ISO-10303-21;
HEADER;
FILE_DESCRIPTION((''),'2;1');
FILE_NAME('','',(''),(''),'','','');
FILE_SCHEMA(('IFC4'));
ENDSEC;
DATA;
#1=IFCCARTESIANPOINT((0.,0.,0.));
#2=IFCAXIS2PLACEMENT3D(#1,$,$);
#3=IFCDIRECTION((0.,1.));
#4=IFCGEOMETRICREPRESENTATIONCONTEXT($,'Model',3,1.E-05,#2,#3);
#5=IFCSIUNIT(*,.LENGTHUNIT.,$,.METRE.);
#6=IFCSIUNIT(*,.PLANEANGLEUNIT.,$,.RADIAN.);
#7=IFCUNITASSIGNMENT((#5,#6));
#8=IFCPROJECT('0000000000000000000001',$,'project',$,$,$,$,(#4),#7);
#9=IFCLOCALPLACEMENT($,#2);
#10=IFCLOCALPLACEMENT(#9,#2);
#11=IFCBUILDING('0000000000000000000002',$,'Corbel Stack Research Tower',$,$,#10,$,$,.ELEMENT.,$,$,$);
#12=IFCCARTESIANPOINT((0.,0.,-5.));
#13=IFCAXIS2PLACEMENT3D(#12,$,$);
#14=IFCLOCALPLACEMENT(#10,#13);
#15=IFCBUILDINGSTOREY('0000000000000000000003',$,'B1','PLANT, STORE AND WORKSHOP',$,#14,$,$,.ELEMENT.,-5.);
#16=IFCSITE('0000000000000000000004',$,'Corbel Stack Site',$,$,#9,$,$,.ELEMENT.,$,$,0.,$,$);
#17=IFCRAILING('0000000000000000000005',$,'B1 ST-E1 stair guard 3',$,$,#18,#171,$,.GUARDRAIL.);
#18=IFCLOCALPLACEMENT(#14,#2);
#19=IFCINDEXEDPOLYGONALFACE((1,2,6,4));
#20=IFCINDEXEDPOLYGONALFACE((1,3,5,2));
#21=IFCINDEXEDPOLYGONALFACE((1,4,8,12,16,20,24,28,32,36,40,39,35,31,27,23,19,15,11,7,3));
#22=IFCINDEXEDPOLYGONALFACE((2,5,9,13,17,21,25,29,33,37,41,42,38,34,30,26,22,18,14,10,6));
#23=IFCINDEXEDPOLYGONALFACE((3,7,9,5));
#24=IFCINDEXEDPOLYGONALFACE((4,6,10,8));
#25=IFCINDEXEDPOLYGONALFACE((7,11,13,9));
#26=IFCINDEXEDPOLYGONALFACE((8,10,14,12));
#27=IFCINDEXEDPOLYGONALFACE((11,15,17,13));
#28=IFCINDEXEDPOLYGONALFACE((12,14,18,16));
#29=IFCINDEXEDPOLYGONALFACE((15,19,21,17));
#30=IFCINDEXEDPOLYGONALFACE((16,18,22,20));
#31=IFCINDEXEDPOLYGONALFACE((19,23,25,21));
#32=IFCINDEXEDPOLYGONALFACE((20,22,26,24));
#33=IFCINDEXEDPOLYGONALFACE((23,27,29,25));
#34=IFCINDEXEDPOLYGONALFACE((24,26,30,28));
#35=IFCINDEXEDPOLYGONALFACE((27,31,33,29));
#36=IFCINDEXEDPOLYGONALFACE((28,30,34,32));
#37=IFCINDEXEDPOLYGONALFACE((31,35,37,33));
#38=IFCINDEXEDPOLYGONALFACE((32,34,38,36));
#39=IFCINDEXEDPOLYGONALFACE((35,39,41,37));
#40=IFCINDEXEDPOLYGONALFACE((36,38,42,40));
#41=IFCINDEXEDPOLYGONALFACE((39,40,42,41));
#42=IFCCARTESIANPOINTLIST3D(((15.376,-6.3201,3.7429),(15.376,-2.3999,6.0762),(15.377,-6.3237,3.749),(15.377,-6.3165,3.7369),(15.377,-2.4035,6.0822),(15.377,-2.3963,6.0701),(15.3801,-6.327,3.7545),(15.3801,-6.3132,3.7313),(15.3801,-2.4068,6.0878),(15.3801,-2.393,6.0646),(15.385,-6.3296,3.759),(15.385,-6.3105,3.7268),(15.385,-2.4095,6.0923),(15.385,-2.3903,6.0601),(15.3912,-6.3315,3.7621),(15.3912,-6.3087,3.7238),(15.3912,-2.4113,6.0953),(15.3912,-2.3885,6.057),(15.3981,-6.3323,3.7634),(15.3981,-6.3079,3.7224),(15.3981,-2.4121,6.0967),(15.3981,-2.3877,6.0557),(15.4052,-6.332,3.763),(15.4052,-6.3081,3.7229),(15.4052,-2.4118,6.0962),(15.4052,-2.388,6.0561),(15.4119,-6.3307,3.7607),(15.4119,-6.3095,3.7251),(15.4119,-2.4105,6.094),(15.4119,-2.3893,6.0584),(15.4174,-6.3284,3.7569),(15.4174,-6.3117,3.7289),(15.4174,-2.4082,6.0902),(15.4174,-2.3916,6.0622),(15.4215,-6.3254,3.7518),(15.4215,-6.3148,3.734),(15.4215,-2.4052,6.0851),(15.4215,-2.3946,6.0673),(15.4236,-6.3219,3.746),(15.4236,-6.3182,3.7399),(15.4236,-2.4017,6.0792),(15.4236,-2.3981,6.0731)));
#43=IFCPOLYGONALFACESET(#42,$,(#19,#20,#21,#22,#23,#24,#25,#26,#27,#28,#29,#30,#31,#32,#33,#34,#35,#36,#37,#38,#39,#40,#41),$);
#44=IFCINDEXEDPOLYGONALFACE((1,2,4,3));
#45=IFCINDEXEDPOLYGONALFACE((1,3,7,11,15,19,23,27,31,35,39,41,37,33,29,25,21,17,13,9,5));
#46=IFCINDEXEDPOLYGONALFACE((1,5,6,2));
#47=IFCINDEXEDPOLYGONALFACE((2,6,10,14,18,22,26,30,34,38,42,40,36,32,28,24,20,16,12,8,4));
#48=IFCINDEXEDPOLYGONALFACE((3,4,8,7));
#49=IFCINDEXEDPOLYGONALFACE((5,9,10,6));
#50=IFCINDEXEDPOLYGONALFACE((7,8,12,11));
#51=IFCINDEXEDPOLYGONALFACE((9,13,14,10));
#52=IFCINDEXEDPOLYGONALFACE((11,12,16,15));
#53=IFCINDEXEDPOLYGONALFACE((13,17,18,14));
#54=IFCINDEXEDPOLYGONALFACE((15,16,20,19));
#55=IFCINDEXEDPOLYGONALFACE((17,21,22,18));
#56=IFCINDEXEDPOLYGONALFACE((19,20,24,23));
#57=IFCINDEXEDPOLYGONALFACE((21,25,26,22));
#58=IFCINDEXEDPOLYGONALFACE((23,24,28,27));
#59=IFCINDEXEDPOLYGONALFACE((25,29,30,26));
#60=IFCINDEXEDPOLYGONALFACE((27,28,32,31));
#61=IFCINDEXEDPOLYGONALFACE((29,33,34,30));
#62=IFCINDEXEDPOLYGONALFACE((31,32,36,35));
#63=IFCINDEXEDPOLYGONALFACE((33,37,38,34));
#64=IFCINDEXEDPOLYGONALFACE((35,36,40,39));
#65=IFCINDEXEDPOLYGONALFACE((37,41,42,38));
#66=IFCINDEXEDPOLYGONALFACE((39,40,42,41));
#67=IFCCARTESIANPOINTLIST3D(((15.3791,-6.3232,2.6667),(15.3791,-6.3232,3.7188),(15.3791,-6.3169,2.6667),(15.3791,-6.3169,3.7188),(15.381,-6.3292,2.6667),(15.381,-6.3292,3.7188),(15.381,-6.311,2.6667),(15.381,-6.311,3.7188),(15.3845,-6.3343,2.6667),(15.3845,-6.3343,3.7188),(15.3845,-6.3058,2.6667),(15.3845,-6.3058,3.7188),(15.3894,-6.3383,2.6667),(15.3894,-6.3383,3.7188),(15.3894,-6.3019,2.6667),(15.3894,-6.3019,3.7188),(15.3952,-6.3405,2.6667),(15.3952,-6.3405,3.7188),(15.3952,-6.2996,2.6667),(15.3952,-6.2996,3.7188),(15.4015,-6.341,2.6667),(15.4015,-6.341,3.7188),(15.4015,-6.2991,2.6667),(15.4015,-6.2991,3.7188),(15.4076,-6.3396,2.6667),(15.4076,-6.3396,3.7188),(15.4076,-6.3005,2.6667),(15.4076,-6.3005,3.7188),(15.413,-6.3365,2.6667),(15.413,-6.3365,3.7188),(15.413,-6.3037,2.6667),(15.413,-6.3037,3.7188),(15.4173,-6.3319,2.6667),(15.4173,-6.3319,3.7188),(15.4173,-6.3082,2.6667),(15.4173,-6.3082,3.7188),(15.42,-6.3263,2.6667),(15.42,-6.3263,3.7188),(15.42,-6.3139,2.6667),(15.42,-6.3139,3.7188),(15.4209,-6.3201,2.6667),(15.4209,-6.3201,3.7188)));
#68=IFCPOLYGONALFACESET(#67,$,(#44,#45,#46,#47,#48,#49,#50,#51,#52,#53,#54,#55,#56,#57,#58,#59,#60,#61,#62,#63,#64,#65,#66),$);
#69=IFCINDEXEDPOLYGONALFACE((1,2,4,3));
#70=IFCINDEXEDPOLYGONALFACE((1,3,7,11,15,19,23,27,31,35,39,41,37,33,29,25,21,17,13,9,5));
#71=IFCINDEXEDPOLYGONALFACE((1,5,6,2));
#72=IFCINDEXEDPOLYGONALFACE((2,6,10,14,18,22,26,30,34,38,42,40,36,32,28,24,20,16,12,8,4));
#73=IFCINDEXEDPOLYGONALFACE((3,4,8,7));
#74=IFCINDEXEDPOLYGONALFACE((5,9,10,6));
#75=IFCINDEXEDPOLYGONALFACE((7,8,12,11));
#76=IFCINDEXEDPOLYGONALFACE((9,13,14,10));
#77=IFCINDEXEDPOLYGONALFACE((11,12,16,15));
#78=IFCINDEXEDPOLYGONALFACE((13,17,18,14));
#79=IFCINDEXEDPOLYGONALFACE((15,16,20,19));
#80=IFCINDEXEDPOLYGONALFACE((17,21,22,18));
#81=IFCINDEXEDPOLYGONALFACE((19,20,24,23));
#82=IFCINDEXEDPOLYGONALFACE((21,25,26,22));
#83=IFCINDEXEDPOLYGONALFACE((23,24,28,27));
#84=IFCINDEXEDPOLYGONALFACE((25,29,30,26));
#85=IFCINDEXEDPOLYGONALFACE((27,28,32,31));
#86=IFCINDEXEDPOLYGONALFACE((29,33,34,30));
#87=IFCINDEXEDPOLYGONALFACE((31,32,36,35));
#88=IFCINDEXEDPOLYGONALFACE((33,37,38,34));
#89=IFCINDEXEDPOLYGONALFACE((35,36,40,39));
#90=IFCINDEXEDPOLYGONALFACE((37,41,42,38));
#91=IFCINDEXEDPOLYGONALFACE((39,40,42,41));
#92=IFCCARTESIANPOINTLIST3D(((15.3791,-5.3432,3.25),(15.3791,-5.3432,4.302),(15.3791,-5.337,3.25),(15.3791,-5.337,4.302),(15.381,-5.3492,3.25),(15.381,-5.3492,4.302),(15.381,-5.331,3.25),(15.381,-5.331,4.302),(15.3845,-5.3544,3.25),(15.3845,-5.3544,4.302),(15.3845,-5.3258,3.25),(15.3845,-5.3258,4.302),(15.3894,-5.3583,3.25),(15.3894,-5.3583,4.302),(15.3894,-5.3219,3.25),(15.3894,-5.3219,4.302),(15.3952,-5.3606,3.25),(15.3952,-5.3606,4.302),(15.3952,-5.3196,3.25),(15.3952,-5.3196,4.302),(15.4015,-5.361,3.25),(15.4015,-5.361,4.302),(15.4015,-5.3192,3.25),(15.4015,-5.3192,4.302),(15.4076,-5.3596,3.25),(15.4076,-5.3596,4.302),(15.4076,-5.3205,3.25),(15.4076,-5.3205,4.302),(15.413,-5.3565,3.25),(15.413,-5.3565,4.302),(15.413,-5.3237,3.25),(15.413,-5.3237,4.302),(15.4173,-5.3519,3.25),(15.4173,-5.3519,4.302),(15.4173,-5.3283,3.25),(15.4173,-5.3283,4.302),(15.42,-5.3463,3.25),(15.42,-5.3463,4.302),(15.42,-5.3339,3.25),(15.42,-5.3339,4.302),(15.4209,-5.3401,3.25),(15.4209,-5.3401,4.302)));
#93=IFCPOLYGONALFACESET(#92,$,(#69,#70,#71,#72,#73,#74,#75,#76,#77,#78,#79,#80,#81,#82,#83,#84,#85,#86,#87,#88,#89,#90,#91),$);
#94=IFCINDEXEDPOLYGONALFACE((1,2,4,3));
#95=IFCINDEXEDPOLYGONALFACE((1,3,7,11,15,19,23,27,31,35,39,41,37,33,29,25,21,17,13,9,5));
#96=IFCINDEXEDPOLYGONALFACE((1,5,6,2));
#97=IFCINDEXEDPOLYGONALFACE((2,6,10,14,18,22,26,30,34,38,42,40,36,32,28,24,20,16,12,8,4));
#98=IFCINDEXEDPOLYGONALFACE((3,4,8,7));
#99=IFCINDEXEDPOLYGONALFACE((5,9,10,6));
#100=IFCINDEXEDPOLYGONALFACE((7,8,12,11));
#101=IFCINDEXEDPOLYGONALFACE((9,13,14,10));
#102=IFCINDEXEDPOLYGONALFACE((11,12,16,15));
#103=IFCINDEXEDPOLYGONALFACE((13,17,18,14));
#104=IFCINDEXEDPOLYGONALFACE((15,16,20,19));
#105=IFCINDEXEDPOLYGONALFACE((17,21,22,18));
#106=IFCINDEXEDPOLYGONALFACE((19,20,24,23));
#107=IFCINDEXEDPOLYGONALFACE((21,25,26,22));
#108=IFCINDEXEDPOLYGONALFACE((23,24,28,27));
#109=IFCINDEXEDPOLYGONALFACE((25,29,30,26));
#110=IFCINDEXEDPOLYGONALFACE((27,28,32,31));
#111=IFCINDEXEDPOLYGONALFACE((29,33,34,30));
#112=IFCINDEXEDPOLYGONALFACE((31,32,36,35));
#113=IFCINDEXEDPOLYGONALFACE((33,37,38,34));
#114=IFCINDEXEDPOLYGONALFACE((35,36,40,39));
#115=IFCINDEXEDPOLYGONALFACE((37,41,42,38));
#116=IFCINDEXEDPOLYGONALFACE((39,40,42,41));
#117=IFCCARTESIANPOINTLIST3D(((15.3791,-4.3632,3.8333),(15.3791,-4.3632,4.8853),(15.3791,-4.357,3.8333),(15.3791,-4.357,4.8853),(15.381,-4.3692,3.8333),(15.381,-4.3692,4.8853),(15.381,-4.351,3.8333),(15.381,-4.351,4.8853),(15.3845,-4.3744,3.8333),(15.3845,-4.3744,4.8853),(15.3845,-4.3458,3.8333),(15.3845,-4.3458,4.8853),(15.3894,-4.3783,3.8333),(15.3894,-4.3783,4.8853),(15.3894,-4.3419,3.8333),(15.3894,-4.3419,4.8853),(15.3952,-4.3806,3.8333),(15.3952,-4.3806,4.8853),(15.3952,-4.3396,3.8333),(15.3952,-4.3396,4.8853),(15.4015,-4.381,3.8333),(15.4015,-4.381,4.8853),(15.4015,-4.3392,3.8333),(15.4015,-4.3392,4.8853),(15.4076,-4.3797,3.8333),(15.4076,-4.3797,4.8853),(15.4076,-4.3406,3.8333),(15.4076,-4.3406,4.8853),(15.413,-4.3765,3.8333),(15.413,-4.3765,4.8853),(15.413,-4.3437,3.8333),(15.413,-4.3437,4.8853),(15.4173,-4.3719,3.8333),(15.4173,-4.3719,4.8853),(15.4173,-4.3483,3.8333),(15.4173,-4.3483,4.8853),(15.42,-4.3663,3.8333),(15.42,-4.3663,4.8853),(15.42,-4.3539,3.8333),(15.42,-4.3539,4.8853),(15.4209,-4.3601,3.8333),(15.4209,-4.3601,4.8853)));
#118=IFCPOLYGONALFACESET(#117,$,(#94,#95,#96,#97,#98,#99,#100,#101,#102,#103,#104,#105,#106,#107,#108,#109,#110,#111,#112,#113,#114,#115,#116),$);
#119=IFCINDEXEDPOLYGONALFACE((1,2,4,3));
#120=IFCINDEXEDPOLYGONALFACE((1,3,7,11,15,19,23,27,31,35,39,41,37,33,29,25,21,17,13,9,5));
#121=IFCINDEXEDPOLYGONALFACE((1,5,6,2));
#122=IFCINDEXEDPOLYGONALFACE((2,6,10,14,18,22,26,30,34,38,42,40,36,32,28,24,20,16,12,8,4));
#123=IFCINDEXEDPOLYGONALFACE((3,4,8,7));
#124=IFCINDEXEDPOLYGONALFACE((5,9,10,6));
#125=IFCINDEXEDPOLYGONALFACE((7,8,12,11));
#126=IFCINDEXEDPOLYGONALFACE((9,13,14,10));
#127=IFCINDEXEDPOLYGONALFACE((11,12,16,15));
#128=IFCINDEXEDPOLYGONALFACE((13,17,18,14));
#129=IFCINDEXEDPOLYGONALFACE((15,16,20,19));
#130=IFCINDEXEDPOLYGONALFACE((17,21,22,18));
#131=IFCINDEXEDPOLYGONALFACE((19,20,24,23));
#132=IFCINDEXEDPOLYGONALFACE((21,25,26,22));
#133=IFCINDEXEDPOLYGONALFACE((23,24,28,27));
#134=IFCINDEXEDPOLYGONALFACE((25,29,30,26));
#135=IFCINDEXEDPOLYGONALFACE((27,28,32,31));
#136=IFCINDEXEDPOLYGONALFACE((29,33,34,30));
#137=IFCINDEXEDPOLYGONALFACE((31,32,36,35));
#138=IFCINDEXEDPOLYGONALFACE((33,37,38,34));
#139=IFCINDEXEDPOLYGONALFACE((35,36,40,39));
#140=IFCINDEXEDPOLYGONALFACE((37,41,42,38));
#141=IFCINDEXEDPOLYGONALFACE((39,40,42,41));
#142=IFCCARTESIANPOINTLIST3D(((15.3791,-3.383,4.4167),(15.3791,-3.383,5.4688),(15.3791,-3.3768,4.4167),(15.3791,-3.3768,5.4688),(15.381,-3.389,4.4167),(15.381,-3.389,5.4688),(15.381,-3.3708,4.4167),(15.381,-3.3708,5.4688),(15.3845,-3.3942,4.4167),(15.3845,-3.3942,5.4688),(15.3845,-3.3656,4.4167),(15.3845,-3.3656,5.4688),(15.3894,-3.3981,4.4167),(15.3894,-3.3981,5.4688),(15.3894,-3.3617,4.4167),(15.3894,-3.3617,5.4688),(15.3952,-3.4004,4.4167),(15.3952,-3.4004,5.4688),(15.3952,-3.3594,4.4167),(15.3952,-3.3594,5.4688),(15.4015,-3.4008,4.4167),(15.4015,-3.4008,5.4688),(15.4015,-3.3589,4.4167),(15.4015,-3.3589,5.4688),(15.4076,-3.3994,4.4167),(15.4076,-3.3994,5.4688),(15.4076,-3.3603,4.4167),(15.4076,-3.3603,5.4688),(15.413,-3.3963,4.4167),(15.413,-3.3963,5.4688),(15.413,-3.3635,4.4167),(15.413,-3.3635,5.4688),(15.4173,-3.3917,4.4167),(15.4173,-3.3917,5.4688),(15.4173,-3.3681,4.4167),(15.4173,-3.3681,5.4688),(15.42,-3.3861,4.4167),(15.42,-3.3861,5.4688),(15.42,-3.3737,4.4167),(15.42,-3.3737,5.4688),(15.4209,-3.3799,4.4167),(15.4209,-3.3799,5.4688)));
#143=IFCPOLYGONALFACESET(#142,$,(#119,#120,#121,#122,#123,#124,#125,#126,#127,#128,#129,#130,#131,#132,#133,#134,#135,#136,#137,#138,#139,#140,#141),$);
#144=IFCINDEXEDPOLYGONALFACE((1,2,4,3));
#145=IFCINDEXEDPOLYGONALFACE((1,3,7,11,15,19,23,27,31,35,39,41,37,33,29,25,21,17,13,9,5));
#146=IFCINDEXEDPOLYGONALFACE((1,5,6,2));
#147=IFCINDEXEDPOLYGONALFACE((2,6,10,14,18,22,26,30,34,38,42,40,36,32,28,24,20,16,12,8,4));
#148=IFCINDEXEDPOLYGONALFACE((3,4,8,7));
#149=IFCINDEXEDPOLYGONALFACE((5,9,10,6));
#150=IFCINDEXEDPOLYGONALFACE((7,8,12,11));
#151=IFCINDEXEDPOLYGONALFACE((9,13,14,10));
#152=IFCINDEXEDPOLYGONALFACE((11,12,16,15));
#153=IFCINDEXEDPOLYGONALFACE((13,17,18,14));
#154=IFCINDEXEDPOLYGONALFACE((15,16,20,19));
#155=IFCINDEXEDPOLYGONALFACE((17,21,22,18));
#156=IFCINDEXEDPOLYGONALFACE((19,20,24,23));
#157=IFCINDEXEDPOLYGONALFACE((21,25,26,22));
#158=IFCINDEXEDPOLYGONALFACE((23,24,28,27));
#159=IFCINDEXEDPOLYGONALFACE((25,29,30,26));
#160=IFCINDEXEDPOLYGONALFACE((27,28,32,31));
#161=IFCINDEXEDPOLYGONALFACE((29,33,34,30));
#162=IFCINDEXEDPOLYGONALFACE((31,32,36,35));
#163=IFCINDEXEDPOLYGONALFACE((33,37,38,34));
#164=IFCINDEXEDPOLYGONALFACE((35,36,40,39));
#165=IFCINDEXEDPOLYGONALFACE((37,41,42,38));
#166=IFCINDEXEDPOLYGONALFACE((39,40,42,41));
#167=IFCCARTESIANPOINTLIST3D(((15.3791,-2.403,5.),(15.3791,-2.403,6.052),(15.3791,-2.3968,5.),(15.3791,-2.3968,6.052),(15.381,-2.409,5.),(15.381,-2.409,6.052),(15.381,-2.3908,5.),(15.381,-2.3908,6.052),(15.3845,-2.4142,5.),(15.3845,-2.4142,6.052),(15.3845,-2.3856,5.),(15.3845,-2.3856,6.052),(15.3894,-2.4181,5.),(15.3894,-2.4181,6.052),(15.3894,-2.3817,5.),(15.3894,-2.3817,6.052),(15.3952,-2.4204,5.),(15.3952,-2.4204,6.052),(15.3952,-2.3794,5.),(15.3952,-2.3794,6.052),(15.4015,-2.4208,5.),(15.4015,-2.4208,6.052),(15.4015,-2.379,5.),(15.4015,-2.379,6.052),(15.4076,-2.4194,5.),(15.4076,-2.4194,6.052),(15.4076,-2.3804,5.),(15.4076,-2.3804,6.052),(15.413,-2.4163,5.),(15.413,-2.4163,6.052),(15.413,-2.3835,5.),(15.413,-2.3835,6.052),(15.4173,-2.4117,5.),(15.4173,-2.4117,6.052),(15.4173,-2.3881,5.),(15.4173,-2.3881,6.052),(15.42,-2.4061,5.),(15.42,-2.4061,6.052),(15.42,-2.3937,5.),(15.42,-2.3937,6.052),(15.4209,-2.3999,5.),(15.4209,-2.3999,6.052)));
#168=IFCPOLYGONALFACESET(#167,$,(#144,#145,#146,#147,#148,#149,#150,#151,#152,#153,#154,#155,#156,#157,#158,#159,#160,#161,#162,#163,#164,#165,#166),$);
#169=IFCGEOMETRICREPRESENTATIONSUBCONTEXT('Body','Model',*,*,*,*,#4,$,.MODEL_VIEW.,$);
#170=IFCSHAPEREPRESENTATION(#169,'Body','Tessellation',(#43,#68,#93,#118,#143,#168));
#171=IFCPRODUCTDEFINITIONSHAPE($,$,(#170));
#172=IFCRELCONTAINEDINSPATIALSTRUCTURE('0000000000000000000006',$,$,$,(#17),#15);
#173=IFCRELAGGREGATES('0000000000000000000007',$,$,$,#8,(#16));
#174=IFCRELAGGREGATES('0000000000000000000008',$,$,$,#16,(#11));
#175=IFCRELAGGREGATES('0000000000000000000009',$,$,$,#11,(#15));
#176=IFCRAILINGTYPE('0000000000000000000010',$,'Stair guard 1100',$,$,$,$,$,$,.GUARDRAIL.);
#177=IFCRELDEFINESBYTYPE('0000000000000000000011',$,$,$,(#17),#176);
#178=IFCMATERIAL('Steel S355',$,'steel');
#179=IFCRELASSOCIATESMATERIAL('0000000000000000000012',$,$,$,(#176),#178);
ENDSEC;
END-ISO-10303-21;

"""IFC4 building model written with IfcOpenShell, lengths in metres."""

from ifc_helpers import new_model, si_unit, direction, frame, origin, origin_2d, place, context, subcontext, project, spatial, circle, extrude, material, type_object, element, save


model = new_model("IFC4")

# Units and contexts
model_context = context("Model", 3, precision=1e-05, world=origin(), true_north=direction((0.0, 1.0)))
body_context = subcontext(model_context, "Body", "Model", "MODEL_VIEW")
ifc_project = project(units=[si_unit("LENGTHUNIT", "METRE"), si_unit("PLANEANGLEUNIT", "RADIAN")], contexts=[model_context])

# Site, building, storey
site_placement = place(None, origin())
site = spatial("IfcSite", under=ifc_project, at=site_placement, Name="Corbel Stack Site", CompositionType="ELEMENT", RefElevation=0.0)
building_placement = place(site_placement, origin())
building = spatial("IfcBuilding", under=site, at=building_placement, Name="Corbel Stack Research Tower", CompositionType="ELEMENT")
storey_placement = place(building_placement, frame((0.0, 0.0, -5.0)))
storey = spatial("IfcBuildingStorey", under=building, at=storey_placement, Name="B1", Description="PLANT, STORE AND WORKSHOP", CompositionType="ELEMENT", Elevation=-5.0)

# Railing
ifc_material_1 = material(Name="Steel S355", Category="steel")
railing_type_1 = type_object("IfcRailingType", Name="Stair guard 1100", PredefinedType="GUARDRAIL", material=ifc_material_1)
railing_1_placement = place(storey_placement, frame((15.3999, -6.3201, 2.6667)))
element("IfcRailing", 1, at=railing_1_placement, inside=storey, type_object=railing_type_1, Name="B1 ST-E1 stair guard 3", PredefinedType="GUARDRAIL", context=body_context, shape_type="SweptSolid", body=[
    extrude(circle(Radius=0.0239, at=origin_2d()), frame((0.0, 0.0, 1.0762), z_axis=(0.0, 0.85931, 0.511455), x_axis=(-1.0, 0.0, 0.0)), (0.0, 0.0, 1.0), 4.562),
    extrude(circle(Radius=0.021, at=origin_2d()), origin(), (0.0, 0.0, 1.0), 1.052),
    extrude(circle(Radius=0.021, at=origin_2d()), frame((0.0, 0.98, 0.5833)), (0.0, 0.0, 1.0), 1.052),
    extrude(circle(Radius=0.021, at=origin_2d()), frame((0.0, 1.96, 1.1665)), (0.0, 0.0, 1.0), 1.052),
    extrude(circle(Radius=0.021, at=origin_2d()), frame((0.0, 2.9402, 1.75)), (0.0, 0.0, 1.0), 1.052),
    extrude(circle(Radius=0.021, at=origin_2d()), frame((0.0, 3.9202, 2.3333)), (0.0, 0.0, 1.0), 1.052),
])

save(model, "model.ifc")
